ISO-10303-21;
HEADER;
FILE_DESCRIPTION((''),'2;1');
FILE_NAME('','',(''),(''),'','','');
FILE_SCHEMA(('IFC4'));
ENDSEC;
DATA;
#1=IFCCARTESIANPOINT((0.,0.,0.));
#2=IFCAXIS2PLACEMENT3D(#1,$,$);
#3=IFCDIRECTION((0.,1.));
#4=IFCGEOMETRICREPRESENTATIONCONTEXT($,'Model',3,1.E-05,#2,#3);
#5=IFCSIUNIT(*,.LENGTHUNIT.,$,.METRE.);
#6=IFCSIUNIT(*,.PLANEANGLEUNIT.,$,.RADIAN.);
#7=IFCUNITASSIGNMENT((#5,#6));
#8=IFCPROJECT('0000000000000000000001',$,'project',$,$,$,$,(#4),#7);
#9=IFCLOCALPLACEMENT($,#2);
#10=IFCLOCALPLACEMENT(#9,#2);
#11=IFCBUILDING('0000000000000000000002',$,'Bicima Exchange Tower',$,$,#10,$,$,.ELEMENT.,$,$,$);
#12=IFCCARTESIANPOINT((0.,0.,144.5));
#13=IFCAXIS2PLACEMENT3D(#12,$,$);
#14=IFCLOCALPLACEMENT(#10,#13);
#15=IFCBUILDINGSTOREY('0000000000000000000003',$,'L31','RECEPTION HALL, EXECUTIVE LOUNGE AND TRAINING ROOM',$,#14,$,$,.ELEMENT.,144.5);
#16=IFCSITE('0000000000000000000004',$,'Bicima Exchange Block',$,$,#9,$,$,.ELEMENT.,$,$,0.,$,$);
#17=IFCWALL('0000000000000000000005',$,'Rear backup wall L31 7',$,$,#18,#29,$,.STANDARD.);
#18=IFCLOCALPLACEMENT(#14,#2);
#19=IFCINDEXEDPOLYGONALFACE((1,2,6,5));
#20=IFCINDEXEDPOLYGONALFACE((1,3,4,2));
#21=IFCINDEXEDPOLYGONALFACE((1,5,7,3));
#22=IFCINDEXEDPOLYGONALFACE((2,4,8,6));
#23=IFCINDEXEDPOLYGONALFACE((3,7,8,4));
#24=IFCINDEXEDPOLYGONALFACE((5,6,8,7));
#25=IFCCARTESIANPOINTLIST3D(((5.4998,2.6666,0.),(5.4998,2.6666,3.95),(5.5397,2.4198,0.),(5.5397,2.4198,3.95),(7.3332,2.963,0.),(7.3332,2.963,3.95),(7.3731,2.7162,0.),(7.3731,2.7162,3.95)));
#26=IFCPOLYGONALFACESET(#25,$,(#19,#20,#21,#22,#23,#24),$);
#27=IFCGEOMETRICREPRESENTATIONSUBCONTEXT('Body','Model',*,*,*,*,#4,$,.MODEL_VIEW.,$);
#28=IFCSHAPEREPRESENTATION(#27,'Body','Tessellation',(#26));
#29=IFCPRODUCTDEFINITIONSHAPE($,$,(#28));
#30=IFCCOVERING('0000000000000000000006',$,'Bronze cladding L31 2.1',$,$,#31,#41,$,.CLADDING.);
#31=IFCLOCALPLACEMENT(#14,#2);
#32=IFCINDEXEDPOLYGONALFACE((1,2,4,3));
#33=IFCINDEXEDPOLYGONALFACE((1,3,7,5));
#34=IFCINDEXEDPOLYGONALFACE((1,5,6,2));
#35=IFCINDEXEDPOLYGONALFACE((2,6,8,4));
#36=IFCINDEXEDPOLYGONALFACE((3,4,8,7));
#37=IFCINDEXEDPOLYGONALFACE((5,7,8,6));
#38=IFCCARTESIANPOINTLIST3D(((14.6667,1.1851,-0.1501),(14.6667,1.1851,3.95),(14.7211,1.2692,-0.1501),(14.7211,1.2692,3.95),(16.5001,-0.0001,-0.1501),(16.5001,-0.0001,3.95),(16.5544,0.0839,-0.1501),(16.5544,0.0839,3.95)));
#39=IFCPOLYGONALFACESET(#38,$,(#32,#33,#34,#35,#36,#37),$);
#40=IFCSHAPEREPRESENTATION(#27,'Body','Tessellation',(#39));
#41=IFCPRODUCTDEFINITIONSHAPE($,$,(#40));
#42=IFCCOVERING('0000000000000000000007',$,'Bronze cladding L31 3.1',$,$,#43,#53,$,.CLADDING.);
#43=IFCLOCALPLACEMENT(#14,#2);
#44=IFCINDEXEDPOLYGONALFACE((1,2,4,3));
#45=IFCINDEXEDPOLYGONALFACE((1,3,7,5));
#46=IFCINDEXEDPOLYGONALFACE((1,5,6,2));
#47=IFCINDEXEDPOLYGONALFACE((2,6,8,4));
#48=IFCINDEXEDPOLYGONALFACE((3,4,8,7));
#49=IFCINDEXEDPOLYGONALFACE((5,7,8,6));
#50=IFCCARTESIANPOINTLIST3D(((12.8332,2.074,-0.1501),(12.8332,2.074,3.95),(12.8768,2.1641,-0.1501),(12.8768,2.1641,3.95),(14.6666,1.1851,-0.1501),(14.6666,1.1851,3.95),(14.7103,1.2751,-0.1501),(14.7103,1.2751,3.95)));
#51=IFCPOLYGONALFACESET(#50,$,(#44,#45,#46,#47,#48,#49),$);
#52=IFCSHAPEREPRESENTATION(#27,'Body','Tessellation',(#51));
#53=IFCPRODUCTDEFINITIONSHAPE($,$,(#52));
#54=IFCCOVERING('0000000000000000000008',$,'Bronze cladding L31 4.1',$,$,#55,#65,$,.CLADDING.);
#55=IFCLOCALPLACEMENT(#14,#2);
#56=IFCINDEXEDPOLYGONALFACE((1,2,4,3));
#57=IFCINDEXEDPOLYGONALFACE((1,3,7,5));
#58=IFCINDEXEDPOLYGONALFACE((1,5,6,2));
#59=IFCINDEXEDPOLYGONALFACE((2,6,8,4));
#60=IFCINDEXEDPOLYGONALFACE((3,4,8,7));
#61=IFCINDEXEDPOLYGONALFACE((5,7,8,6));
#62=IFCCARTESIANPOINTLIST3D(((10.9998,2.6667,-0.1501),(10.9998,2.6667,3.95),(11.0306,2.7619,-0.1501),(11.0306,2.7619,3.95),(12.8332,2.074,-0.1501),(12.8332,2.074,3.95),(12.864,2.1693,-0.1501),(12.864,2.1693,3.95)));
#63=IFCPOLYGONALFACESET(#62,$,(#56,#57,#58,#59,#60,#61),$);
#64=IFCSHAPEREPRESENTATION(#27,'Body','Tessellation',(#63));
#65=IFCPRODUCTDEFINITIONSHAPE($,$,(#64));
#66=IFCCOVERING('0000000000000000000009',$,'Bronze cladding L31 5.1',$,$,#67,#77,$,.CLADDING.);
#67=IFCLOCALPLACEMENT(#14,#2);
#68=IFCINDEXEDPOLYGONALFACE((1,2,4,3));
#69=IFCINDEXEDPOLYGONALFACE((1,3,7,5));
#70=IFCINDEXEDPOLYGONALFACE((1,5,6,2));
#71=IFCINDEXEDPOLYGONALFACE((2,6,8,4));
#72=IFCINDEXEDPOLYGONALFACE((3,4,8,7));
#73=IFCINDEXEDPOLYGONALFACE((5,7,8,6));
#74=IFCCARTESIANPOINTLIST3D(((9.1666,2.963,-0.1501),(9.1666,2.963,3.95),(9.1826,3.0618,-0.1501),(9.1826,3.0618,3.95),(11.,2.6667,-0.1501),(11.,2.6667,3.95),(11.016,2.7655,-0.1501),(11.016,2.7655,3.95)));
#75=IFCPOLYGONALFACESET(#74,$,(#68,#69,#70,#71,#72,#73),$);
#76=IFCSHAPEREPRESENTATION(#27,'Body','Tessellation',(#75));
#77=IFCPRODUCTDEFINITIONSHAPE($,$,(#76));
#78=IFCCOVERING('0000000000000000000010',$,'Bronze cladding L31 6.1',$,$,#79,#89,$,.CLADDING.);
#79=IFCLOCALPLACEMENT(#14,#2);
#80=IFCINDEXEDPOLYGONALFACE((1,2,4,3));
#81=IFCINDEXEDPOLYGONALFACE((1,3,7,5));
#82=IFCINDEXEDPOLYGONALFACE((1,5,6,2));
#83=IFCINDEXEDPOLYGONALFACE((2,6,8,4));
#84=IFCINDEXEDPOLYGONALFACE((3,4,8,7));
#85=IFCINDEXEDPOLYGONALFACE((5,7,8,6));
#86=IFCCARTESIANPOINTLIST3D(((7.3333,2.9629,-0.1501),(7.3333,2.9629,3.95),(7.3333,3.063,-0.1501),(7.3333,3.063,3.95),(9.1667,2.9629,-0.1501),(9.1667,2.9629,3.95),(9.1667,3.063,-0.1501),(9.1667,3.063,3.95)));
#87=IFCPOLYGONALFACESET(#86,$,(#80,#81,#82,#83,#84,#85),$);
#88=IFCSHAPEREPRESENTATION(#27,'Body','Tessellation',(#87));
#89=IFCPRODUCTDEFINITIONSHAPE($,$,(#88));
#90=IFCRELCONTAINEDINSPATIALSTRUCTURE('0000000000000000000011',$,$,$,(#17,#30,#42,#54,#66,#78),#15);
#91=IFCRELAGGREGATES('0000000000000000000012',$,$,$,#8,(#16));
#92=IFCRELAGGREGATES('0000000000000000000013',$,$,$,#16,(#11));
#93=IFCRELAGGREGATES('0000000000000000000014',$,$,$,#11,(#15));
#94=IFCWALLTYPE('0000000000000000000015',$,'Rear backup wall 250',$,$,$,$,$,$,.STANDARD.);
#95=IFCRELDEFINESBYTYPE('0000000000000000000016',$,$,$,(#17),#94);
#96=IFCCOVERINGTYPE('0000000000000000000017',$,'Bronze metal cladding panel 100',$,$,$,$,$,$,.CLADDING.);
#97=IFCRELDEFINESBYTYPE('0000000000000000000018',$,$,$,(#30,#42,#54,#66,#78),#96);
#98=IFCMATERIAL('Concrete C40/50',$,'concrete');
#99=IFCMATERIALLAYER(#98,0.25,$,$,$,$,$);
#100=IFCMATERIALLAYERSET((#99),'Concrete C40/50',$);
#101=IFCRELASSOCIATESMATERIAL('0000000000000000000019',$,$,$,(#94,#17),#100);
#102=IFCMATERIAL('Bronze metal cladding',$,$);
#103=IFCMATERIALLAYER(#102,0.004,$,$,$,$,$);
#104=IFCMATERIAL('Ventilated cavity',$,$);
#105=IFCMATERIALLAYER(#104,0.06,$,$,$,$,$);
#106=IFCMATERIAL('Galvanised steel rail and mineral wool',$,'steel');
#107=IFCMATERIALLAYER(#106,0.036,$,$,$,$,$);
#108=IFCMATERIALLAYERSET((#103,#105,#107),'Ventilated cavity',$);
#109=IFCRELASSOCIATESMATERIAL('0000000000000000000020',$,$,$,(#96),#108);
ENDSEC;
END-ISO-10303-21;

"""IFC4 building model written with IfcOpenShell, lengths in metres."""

from ifc_helpers import new_model, si_unit, direction, frame, frame_2d, origin, origin_2d, place, context, subcontext, project, spatial, rectangle, extrude, material, layer, layer_set, layer_usage, type_object, element, save


model = new_model("IFC4")

# Units and contexts
model_context = context("Model", 3, precision=1e-05, world=origin(), true_north=direction((0.0, 1.0)))
body_context = subcontext(model_context, "Body", "Model", "MODEL_VIEW")
ifc_project = project(units=[si_unit("LENGTHUNIT", "METRE"), si_unit("PLANEANGLEUNIT", "RADIAN")], contexts=[model_context])

# Site, building, storey
site_placement = place(None, origin())
site = spatial("IfcSite", under=ifc_project, at=site_placement, Name="Bicima Exchange Block", CompositionType="ELEMENT", RefElevation=0.0)
building_placement = place(site_placement, origin())
building = spatial("IfcBuilding", under=site, at=building_placement, Name="Bicima Exchange Tower", CompositionType="ELEMENT")
storey_placement = place(building_placement, frame((0.0, 0.0, 144.5)))
storey = spatial("IfcBuildingStorey", under=building, at=storey_placement, Name="L31", Description="RECEPTION HALL, EXECUTIVE LOUNGE AND TRAINING ROOM", CompositionType="ELEMENT", Elevation=144.5)

# Wall
ifc_material_1 = material(Name="Concrete C40/50", Category="concrete")
ifc_layer_1 = layer(ifc_material_1, 0.25)
ifc_layer_set_1 = layer_set([ifc_layer_1], Name="Concrete C40/50")
ifc_layer_usage = layer_usage(ifc_layer_set_1, "AXIS2", "POSITIVE", -0.125)
wall_type_1 = type_object("IfcWallType", Name="Rear backup wall 250", PredefinedType="STANDARD", material=ifc_layer_set_1)
wall_1_placement = place(storey_placement, frame((7.3533, 2.8396, 0.0), z_axis=(0.0, 0.0, 1.0), x_axis=(-0.987182, -0.1596, 0.0)))
element("IfcWall", 1, at=wall_1_placement, inside=storey, type_object=wall_type_1, material=ifc_layer_usage, Name="Rear backup wall L31 7", PredefinedType="STANDARD", context=body_context, shape_type="SweptSolid", body=[
    extrude(rectangle(XDim=1.8572, YDim=0.25, at=frame_2d((0.9287, 0.0))), origin(), (0.0, 0.0, 1.0), 3.95),
])

# Coverings
ifc_material_2 = material(Name="Bronze metal cladding")
ifc_layer_2 = layer(ifc_material_2, 0.004)
ifc_material_3 = material(Name="Ventilated cavity")
ifc_layer_3 = layer(ifc_material_3, 0.06)
ifc_material_4 = material(Name="Galvanised steel rail and mineral wool", Category="steel")
ifc_layer_4 = layer(ifc_material_4, 0.036)
ifc_layer_set_2 = layer_set([ifc_layer_2, ifc_layer_3, ifc_layer_4], Name="Ventilated cavity")
covering_type = type_object("IfcCoveringType", Name="Bronze metal cladding panel 100", PredefinedType="CLADDING", material=ifc_layer_set_2)
covering_1_placement = place(storey_placement, frame((15.6106, 0.6345, -0.1501), z_axis=(0.0, 0.0, 1.0), x_axis=(-0.83979, 0.542911, 0.0)))
element("IfcCovering", 2, at=covering_1_placement, inside=storey, type_object=covering_type, Name="Bronze cladding L31 2.1", PredefinedType="CLADDING", context=body_context, shape_type="SweptSolid", body=[
    extrude(rectangle(XDim=2.1831, YDim=0.1001, at=origin_2d()), origin(), (0.0, 0.0, 1.0), 4.1001),
])
covering_2_placement = place(storey_placement, frame((13.7717, 1.6746, -0.1501), z_axis=(0.0, 0.0, 1.0), x_axis=(-0.899818, 0.436265, 0.0)))
element("IfcCovering", 3, at=covering_2_placement, inside=storey, type_object=covering_type, Name="Bronze cladding L31 3.1", PredefinedType="CLADDING", context=body_context, shape_type="SweptSolid", body=[
    extrude(rectangle(XDim=2.0376, YDim=0.1001, at=origin_2d()), origin(), (0.0, 0.0, 1.0), 4.1001),
])
covering_3_placement = place(storey_placement, frame((11.9319, 2.418, -0.1501), z_axis=(0.0, 0.0, 1.0), x_axis=(-0.951525, 0.307573, 0.0)))
element("IfcCovering", 4, at=covering_3_placement, inside=storey, type_object=covering_type, Name="Bronze cladding L31 4.1", PredefinedType="CLADDING", context=body_context, shape_type="SweptSolid", body=[
    extrude(rectangle(XDim=1.9268, YDim=0.1001, at=origin_2d()), origin(), (0.0, 0.0, 1.0), 4.1001),
])
covering_4_placement = place(storey_placement, frame((10.0913, 2.8643, -0.1501), z_axis=(0.0, 0.0, 1.0), x_axis=(-0.98719, 0.15955, 0.0)))
element("IfcCovering", 5, at=covering_4_placement, inside=storey, type_object=covering_type, Name="Bronze cladding L31 5.1", PredefinedType="CLADDING", context=body_context, shape_type="SweptSolid", body=[
    extrude(rectangle(XDim=1.8572, YDim=0.1001, at=origin_2d()), origin(), (0.0, 0.0, 1.0), 4.1001),
])
covering_5_placement = place(storey_placement, frame((8.25, 3.0129, -0.1501), z_axis=(0.0, 0.0, 1.0), x_axis=(-1.0, 0.0, 0.0)))
element("IfcCovering", 6, at=covering_5_placement, inside=storey, type_object=covering_type, Name="Bronze cladding L31 6.1", PredefinedType="CLADDING", context=body_context, shape_type="SweptSolid", body=[
    extrude(rectangle(XDim=1.8335, YDim=0.1001, at=origin_2d()), origin(), (0.0, 0.0, 1.0), 4.1001),
])

save(model, "model.ifc")
